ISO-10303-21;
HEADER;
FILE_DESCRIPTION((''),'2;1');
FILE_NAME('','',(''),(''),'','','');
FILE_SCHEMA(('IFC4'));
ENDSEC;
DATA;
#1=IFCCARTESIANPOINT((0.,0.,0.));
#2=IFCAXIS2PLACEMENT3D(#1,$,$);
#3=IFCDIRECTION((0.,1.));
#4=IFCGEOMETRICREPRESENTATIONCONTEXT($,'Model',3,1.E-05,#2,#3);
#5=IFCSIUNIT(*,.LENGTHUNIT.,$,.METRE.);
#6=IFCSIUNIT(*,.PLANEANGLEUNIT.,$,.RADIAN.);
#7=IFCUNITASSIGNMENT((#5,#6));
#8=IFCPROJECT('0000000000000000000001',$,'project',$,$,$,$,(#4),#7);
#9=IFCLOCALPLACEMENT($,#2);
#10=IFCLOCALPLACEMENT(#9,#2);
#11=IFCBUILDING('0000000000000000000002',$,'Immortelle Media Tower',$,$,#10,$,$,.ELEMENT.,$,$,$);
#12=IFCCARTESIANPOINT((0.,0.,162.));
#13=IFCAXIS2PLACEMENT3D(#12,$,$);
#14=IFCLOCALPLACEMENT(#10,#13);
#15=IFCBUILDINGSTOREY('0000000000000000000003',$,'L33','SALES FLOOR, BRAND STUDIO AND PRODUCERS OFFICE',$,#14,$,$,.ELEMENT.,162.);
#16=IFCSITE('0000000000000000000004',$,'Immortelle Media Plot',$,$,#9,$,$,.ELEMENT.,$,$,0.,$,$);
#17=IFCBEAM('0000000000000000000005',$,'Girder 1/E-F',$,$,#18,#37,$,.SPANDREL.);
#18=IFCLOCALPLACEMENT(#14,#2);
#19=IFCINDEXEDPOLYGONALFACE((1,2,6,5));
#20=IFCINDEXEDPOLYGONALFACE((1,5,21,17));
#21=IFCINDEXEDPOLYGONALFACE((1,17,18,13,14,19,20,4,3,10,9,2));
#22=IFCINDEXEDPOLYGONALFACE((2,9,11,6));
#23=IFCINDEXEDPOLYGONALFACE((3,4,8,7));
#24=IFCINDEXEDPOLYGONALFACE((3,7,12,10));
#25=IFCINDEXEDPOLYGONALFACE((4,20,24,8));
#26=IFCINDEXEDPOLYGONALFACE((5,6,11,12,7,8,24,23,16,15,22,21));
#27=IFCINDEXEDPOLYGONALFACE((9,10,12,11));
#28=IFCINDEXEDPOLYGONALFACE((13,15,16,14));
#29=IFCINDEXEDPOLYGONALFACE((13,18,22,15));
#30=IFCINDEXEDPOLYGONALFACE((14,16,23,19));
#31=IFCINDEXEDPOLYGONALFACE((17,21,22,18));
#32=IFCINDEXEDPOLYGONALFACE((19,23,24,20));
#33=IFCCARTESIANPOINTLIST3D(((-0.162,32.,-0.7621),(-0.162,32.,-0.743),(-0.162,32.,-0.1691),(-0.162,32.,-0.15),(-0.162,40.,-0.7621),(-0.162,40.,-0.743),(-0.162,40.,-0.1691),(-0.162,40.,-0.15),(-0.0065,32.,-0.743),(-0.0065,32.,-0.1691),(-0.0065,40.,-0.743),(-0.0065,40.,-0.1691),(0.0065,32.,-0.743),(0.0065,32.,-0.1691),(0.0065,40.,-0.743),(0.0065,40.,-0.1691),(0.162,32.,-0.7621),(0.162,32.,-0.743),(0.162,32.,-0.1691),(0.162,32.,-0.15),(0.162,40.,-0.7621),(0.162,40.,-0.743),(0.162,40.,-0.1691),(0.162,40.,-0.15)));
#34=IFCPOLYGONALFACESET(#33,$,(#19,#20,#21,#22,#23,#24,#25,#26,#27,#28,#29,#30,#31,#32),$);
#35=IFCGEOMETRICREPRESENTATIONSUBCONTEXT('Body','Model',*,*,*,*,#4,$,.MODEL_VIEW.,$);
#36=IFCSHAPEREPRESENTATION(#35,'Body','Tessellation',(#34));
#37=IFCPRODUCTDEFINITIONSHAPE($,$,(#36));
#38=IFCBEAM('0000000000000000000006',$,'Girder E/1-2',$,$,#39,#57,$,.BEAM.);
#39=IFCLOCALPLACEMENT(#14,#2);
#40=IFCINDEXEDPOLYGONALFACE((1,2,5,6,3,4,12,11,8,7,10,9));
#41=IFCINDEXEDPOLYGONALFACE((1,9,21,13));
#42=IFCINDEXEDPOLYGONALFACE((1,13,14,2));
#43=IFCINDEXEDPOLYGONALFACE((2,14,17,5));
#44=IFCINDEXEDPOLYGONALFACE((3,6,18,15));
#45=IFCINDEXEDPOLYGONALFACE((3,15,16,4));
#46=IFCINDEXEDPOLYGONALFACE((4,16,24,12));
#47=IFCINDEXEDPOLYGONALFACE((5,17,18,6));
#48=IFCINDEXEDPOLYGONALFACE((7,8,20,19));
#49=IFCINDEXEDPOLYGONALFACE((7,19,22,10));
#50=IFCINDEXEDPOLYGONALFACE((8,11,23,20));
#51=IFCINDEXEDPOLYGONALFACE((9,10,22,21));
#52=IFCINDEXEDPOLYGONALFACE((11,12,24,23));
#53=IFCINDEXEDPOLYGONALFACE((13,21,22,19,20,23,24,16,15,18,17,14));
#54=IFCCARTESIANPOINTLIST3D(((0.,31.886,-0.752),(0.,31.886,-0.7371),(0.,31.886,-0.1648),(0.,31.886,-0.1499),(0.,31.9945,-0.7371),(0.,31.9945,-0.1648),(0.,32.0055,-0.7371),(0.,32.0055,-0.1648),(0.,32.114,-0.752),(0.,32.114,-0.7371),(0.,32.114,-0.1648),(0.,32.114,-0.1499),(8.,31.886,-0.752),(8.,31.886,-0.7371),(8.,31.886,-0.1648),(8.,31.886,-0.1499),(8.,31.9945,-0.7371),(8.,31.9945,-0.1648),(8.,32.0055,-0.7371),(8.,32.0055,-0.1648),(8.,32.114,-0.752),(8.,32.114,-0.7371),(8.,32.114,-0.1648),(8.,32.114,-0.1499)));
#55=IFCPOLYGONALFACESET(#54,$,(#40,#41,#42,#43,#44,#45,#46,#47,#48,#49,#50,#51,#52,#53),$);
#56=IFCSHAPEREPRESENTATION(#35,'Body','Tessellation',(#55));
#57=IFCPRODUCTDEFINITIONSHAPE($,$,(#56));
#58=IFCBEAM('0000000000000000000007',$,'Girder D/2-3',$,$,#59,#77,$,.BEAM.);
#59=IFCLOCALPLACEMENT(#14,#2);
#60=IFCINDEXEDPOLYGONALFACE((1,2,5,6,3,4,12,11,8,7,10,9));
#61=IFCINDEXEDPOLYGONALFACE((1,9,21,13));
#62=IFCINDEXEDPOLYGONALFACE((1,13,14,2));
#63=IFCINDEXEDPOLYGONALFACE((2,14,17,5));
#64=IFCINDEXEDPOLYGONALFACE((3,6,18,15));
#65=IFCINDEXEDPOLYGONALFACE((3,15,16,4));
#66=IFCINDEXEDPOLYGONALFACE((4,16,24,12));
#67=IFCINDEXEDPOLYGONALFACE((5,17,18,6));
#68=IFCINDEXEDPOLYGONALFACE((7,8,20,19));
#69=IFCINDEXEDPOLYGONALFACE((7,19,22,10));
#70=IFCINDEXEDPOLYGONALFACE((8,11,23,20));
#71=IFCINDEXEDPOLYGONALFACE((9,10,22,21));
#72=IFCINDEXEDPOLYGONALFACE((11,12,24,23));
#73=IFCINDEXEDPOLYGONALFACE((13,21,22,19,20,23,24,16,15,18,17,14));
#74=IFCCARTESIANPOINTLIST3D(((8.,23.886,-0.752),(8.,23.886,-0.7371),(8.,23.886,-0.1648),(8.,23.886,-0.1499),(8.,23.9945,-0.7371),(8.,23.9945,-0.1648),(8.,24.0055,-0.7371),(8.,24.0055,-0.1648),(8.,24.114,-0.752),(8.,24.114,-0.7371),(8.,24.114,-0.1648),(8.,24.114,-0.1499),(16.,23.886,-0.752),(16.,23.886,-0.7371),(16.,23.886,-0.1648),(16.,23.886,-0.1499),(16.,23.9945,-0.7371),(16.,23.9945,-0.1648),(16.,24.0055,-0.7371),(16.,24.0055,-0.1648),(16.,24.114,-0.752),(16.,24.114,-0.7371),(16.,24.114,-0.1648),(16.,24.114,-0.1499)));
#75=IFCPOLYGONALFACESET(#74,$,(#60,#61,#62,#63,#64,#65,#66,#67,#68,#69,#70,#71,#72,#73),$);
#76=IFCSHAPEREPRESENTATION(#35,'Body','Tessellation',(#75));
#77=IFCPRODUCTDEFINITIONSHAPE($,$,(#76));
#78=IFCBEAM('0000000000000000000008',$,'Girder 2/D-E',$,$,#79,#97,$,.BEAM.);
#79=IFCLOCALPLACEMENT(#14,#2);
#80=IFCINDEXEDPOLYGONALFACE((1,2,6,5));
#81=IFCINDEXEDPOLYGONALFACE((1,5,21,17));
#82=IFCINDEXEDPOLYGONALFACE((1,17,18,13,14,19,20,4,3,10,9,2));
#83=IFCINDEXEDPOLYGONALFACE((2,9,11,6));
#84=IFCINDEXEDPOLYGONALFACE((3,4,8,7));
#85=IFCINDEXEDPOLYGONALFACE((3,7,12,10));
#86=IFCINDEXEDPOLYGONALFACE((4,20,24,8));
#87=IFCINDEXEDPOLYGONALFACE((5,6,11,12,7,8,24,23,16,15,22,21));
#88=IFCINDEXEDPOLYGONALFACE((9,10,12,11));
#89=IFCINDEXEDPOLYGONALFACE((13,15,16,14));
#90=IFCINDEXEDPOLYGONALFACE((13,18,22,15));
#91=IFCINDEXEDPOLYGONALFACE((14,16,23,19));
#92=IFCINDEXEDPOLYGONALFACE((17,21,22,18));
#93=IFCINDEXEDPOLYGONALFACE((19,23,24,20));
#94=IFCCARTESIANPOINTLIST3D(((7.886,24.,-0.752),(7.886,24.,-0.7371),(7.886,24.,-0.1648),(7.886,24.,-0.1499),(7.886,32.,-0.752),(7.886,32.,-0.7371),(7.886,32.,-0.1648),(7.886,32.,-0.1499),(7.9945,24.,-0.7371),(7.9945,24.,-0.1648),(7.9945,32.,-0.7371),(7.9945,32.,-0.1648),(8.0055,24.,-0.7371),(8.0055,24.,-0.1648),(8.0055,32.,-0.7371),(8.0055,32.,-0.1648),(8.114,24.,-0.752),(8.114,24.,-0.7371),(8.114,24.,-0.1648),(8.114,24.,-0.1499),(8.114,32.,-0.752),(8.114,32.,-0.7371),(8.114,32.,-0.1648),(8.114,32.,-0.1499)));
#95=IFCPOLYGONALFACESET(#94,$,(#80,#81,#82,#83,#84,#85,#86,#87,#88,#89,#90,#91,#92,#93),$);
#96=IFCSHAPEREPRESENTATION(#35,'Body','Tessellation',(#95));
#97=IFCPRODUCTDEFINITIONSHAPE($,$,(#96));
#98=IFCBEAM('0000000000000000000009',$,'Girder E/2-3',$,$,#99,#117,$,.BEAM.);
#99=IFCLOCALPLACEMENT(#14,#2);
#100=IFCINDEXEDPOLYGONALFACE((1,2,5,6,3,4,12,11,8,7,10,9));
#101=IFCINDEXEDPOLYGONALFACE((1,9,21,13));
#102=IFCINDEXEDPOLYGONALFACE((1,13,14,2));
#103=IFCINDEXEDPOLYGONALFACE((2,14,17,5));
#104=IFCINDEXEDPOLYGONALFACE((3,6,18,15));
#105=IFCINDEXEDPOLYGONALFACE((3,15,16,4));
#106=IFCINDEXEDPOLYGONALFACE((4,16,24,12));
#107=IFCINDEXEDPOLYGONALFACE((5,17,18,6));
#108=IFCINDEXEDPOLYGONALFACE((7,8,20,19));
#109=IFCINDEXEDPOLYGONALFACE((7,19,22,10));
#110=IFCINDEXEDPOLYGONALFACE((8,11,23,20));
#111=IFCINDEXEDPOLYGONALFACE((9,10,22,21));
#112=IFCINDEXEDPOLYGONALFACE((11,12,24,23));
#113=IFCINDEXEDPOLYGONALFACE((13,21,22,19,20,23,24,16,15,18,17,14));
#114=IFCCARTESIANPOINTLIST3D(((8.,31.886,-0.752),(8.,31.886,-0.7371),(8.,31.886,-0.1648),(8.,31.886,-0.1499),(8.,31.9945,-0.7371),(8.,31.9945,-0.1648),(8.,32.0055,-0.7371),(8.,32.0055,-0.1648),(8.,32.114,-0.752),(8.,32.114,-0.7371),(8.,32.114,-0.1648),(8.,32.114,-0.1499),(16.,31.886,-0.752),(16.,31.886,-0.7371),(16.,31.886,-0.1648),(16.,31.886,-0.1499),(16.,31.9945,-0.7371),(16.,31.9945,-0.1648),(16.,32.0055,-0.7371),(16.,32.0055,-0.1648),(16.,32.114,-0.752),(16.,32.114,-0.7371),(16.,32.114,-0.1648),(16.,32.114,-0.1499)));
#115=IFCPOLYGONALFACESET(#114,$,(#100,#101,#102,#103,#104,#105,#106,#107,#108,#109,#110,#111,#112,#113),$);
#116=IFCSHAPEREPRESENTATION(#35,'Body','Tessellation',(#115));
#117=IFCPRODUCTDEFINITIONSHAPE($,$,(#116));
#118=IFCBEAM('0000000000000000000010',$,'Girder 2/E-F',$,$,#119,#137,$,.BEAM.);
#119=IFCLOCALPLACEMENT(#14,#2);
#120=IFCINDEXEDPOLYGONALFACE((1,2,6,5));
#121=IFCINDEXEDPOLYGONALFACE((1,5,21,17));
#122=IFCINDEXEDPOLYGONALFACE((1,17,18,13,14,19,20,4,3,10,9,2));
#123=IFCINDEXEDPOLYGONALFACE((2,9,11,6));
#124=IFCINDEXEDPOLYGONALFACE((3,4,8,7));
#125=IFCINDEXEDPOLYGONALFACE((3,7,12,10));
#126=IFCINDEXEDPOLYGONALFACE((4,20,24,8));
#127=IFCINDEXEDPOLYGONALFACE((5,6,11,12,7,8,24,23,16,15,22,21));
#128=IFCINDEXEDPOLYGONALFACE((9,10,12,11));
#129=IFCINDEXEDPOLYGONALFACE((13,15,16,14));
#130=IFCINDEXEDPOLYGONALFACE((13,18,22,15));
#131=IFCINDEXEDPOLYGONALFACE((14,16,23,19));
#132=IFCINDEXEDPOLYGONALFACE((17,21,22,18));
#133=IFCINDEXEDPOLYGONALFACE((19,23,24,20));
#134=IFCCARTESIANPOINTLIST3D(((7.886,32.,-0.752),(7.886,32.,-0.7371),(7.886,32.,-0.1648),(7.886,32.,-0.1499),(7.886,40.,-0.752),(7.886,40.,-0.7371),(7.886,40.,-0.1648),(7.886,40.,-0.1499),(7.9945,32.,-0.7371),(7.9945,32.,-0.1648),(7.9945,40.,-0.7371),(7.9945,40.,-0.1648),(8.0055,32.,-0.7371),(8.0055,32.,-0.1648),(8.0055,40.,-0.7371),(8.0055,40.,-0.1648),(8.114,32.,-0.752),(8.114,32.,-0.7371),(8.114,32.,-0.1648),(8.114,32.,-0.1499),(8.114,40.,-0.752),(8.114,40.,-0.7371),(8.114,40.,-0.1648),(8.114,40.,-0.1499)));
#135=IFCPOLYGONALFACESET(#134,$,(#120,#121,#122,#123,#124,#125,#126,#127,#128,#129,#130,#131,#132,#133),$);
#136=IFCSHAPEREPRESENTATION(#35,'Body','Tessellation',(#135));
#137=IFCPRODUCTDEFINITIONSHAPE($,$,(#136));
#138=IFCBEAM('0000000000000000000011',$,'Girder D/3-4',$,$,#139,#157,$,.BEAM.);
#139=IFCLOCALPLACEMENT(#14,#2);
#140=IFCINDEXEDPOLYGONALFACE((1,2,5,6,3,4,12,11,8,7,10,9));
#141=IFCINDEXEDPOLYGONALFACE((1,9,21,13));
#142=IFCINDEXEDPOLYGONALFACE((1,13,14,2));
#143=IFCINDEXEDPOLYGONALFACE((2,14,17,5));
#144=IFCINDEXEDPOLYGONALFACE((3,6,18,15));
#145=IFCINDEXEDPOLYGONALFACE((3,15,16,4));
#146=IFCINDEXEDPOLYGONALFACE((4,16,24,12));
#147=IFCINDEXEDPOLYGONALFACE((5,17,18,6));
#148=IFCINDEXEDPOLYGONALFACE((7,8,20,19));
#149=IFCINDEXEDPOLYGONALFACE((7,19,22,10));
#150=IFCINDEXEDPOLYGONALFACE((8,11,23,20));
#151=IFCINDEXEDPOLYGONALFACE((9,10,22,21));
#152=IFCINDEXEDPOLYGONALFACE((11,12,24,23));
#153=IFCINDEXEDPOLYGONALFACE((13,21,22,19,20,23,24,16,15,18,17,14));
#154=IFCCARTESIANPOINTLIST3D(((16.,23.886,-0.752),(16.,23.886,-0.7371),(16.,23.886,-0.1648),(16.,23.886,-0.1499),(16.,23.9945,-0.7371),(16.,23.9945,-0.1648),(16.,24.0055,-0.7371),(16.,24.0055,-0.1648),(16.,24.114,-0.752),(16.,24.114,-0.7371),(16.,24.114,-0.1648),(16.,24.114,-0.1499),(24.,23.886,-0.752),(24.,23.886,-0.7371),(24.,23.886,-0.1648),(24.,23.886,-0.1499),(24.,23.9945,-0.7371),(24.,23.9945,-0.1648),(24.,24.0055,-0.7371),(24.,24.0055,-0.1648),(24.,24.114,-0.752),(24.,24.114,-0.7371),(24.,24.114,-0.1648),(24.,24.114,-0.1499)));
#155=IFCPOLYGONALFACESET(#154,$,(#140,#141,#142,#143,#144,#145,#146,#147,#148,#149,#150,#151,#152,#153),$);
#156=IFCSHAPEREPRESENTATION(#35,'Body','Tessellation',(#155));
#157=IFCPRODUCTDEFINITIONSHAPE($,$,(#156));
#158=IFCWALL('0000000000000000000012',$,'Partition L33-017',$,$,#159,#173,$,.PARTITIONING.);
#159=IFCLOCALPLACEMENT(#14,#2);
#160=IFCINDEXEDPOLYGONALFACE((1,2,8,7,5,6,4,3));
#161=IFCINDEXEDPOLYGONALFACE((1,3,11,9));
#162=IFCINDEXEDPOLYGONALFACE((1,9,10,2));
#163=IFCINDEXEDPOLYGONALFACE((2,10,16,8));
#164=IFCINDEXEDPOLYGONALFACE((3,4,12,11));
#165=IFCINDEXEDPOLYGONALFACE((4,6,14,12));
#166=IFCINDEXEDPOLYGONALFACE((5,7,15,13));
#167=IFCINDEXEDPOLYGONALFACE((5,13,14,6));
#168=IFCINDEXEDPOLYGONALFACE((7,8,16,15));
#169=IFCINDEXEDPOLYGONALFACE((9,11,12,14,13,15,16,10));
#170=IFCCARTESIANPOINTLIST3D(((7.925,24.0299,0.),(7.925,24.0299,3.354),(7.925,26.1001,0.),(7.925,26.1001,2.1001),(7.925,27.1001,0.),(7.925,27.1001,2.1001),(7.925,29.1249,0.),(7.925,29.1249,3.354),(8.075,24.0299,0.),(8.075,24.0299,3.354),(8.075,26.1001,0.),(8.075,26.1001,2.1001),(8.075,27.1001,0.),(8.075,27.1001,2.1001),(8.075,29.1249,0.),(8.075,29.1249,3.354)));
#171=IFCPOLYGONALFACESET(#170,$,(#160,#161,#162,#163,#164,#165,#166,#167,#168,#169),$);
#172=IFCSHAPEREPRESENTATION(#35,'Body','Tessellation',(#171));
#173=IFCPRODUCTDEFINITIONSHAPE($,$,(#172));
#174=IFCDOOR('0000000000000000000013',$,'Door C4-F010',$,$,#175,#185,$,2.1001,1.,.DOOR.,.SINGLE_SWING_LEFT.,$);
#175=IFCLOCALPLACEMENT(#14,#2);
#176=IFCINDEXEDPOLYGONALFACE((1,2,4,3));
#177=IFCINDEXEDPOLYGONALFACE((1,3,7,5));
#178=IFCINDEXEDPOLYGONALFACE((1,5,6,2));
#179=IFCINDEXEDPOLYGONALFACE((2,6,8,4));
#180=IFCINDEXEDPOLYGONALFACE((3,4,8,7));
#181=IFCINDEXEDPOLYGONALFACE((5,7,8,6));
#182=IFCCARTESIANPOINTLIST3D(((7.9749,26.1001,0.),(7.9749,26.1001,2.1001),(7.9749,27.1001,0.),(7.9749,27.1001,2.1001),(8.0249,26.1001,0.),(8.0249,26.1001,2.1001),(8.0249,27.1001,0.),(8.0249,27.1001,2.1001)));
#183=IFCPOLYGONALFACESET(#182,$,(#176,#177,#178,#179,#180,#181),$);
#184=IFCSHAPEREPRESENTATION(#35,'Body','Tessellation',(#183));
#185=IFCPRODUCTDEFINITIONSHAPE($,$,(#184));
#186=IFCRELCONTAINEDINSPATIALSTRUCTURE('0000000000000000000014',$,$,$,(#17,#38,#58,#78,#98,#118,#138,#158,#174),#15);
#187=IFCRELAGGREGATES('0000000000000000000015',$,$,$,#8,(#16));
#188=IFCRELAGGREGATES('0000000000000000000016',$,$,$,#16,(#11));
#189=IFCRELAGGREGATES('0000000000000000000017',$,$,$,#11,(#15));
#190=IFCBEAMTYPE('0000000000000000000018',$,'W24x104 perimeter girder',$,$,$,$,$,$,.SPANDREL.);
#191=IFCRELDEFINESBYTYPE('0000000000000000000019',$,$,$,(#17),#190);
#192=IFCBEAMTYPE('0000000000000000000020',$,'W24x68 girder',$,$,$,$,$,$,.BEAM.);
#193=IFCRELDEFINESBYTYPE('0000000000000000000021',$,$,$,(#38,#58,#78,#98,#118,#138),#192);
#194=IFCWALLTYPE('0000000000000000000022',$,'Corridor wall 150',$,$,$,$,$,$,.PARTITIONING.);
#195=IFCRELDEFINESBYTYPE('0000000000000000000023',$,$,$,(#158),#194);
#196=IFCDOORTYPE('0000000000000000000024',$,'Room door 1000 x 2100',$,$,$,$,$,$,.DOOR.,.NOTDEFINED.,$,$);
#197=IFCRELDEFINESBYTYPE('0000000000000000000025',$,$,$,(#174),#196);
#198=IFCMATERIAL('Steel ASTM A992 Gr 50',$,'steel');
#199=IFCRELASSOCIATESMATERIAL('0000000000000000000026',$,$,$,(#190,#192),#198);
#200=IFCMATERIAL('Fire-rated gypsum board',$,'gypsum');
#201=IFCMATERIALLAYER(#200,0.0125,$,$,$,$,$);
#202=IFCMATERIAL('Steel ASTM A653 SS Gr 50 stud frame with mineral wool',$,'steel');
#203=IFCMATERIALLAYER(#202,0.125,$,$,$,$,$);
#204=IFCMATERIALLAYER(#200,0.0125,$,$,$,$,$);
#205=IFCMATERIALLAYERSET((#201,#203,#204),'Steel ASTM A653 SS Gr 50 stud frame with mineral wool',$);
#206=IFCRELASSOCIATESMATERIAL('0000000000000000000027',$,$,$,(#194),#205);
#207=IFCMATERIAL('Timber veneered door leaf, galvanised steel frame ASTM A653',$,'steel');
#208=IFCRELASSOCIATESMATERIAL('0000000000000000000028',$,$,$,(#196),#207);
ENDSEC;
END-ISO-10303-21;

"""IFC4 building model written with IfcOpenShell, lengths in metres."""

from ifc_helpers import new_model, si_unit, direction, frame, frame_2d, origin, origin_2d, place, context, subcontext, project, spatial, rectangle, i_section, extrude, material, layer, layer_set, material_profile, profile_set, type_object, element, fill, save


model = new_model("IFC4")

# Units and contexts
model_context = context("Model", 3, precision=1e-05, world=origin(), true_north=direction((0.0, 1.0)))
body_context = subcontext(model_context, "Body", "Model", "MODEL_VIEW")
ifc_project = project(units=[si_unit("LENGTHUNIT", "METRE"), si_unit("PLANEANGLEUNIT", "RADIAN")], contexts=[model_context])

# Site, building, storey
site_placement = place(None, origin())
site = spatial("IfcSite", under=ifc_project, at=site_placement, Name="Immortelle Media Plot", CompositionType="ELEMENT", RefElevation=0.0)
building_placement = place(site_placement, origin())
building = spatial("IfcBuilding", under=site, at=building_placement, Name="Immortelle Media Tower", CompositionType="ELEMENT")
storey_placement = place(building_placement, frame((0.0, 0.0, 162.0)))
storey = spatial("IfcBuildingStorey", under=building, at=storey_placement, Name="L33", Description="SALES FLOOR, BRAND STUDIO AND PRODUCERS OFFICE", CompositionType="ELEMENT", Elevation=162.0)

# Shared definitions
ifc_material_1 = material(Name="Steel ASTM A992 Gr 50", Category="steel")

# Beams
ifc_material_profile_1 = material_profile(ifc_material_1, i_section(OverallWidth=0.324, OverallDepth=0.6121, WebThickness=0.0129, FlangeThickness=0.019, at=origin_2d()), Name="W24x104")
ifc_profile_set_1 = profile_set([ifc_material_profile_1], Name="Steel ASTM A992 Gr 50")
beam_type_1 = type_object("IfcBeamType", Name="W24x104 perimeter girder", PredefinedType="SPANDREL", material=ifc_profile_set_1)
beam_1_placement = place(storey_placement, frame((0.0, 32.0, -0.4561), z_axis=(0.0, 1.0, 0.0), x_axis=(-1.0, 0.0, 0.0)))
element("IfcBeam", 1, at=beam_1_placement, inside=storey, type_object=beam_type_1, Name="Girder 1/E-F", PredefinedType="SPANDREL", context=body_context, shape_type="SweptSolid", body=[
    extrude(i_section(OverallWidth=0.324, OverallDepth=0.6121, WebThickness=0.0129, FlangeThickness=0.019, at=origin_2d()), origin(), (0.0, 0.0, 1.0), 8.0),
])
ifc_material_profile_2 = material_profile(ifc_material_1, i_section(OverallWidth=0.228, OverallDepth=0.6021, WebThickness=0.011, FlangeThickness=0.0149, at=origin_2d()), Name="W24x68")
ifc_profile_set_2 = profile_set([ifc_material_profile_2], Name="Steel ASTM A992 Gr 50")
beam_type_2 = type_object("IfcBeamType", Name="W24x68 girder", PredefinedType="BEAM", material=ifc_profile_set_2)
for number, where, z_axis, x_axis, name in (
    (2, (0.0, 32.0, -0.4509), (1.0, 0.0, 0.0), (0.0, 1.0, 0.0), "Girder E/1-2"),
    (3, (8.0, 24.0, -0.4509), (1.0, 0.0, 0.0), (0.0, 1.0, 0.0), "Girder D/2-3"),
    (4, (8.0, 24.0, -0.4509), (0.0, 1.0, 0.0), (-1.0, 0.0, 0.0), "Girder 2/D-E"),
    (5, (8.0, 32.0, -0.4509), (1.0, 0.0, 0.0), (0.0, 1.0, 0.0), "Girder E/2-3"),
    (6, (8.0, 32.0, -0.4509), (0.0, 1.0, 0.0), (-1.0, 0.0, 0.0), "Girder 2/E-F"),
    (7, (16.0, 24.0, -0.4509), (1.0, 0.0, 0.0), (0.0, 1.0, 0.0), "Girder D/3-4"),
):
    element("IfcBeam", number, at=place(storey_placement, frame(where, z_axis=z_axis, x_axis=x_axis)), inside=storey, type_object=beam_type_2, Name=name, PredefinedType="BEAM", context=body_context, shape_type="SweptSolid", body=[
        extrude(i_section(OverallWidth=0.228, OverallDepth=0.6021, WebThickness=0.011, FlangeThickness=0.0149, at=origin_2d()), origin(), (0.0, 0.0, 1.0), 8.0),
    ])

# Wall, opening, door
ifc_material_2 = material(Name="Fire-rated gypsum board", Category="gypsum")
ifc_layer_1 = layer(ifc_material_2, 0.0125)
ifc_material_3 = material(Name="Steel ASTM A653 SS Gr 50 stud frame with mineral wool", Category="steel")
ifc_layer_2 = layer(ifc_material_3, 0.125)
ifc_layer_3 = layer(ifc_material_2, 0.0125)
ifc_layer_set_1 = layer_set([ifc_layer_1, ifc_layer_2, ifc_layer_3], Name="Steel ASTM A653 SS Gr 50 stud frame with mineral wool")
wall_type_1 = type_object("IfcWallType", Name="Corridor wall 150", PredefinedType="PARTITIONING", material=ifc_layer_set_1)
wall_1_placement = place(storey_placement, frame((8.0, 24.03, 0.0), z_axis=(0.0, 0.0, 1.0), x_axis=(0.0, 1.0, 0.0)))
wall_1 = element("IfcWall", 8, at=wall_1_placement, inside=storey, type_object=wall_type_1, Name="Partition L33-017", PredefinedType="PARTITIONING", context=body_context, shape_type="SweptSolid", body=[
    extrude(rectangle(XDim=5.095, YDim=0.1499, at=frame_2d((2.5474, 0.0))), origin(), (0.0, 0.0, 1.0), 3.354),
])
opening_1_placement = place(wall_1_placement, frame((3.0701, 0.0, 0.0), z_axis=(0.0, 0.0, 1.0), x_axis=(-1.0, 0.0, 0.0)))
opening_1 = element("IfcOpeningElement", 9, at=opening_1_placement, cuts=wall_1, PredefinedType="OPENING", context=body_context, shape_type="SweptSolid", body=[
    extrude(rectangle(XDim=1.0, YDim=2.1001, at=frame_2d((0.5, 1.05))), frame((0.0, 0.085, 0.0), z_axis=(0.0, -1.0, 0.0), x_axis=(1.0, 0.0, 0.0)), (0.0, 0.0, 1.0), 0.1699),
])
ifc_material_4 = material(Name="Timber veneered door leaf, galvanised steel frame ASTM A653", Category="steel")
door_type_1 = type_object("IfcDoorType", Name="Room door 1000 x 2100", OperationType="NOTDEFINED", PredefinedType="DOOR", material=ifc_material_4)
door_1_placement = place(opening_1_placement, origin())
door_1 = element("IfcDoor", 10, at=door_1_placement, inside=storey, type_object=door_type_1, Name="Door C4-F010", OperationType="SINGLE_SWING_LEFT", OverallHeight=2.1001, OverallWidth=1.0, PredefinedType="DOOR", context=body_context, shape_type="SweptSolid", body=[
    extrude(rectangle(XDim=1.0, YDim=2.1001, at=frame_2d((0.5, 1.05))), frame((0.0, 0.0249, 0.0), z_axis=(0.0, -1.0, 0.0), x_axis=(1.0, 0.0, 0.0)), (0.0, 0.0, 1.0), 0.05),
])
fill(opening_1, door_1)

save(model, "model.ifc")
